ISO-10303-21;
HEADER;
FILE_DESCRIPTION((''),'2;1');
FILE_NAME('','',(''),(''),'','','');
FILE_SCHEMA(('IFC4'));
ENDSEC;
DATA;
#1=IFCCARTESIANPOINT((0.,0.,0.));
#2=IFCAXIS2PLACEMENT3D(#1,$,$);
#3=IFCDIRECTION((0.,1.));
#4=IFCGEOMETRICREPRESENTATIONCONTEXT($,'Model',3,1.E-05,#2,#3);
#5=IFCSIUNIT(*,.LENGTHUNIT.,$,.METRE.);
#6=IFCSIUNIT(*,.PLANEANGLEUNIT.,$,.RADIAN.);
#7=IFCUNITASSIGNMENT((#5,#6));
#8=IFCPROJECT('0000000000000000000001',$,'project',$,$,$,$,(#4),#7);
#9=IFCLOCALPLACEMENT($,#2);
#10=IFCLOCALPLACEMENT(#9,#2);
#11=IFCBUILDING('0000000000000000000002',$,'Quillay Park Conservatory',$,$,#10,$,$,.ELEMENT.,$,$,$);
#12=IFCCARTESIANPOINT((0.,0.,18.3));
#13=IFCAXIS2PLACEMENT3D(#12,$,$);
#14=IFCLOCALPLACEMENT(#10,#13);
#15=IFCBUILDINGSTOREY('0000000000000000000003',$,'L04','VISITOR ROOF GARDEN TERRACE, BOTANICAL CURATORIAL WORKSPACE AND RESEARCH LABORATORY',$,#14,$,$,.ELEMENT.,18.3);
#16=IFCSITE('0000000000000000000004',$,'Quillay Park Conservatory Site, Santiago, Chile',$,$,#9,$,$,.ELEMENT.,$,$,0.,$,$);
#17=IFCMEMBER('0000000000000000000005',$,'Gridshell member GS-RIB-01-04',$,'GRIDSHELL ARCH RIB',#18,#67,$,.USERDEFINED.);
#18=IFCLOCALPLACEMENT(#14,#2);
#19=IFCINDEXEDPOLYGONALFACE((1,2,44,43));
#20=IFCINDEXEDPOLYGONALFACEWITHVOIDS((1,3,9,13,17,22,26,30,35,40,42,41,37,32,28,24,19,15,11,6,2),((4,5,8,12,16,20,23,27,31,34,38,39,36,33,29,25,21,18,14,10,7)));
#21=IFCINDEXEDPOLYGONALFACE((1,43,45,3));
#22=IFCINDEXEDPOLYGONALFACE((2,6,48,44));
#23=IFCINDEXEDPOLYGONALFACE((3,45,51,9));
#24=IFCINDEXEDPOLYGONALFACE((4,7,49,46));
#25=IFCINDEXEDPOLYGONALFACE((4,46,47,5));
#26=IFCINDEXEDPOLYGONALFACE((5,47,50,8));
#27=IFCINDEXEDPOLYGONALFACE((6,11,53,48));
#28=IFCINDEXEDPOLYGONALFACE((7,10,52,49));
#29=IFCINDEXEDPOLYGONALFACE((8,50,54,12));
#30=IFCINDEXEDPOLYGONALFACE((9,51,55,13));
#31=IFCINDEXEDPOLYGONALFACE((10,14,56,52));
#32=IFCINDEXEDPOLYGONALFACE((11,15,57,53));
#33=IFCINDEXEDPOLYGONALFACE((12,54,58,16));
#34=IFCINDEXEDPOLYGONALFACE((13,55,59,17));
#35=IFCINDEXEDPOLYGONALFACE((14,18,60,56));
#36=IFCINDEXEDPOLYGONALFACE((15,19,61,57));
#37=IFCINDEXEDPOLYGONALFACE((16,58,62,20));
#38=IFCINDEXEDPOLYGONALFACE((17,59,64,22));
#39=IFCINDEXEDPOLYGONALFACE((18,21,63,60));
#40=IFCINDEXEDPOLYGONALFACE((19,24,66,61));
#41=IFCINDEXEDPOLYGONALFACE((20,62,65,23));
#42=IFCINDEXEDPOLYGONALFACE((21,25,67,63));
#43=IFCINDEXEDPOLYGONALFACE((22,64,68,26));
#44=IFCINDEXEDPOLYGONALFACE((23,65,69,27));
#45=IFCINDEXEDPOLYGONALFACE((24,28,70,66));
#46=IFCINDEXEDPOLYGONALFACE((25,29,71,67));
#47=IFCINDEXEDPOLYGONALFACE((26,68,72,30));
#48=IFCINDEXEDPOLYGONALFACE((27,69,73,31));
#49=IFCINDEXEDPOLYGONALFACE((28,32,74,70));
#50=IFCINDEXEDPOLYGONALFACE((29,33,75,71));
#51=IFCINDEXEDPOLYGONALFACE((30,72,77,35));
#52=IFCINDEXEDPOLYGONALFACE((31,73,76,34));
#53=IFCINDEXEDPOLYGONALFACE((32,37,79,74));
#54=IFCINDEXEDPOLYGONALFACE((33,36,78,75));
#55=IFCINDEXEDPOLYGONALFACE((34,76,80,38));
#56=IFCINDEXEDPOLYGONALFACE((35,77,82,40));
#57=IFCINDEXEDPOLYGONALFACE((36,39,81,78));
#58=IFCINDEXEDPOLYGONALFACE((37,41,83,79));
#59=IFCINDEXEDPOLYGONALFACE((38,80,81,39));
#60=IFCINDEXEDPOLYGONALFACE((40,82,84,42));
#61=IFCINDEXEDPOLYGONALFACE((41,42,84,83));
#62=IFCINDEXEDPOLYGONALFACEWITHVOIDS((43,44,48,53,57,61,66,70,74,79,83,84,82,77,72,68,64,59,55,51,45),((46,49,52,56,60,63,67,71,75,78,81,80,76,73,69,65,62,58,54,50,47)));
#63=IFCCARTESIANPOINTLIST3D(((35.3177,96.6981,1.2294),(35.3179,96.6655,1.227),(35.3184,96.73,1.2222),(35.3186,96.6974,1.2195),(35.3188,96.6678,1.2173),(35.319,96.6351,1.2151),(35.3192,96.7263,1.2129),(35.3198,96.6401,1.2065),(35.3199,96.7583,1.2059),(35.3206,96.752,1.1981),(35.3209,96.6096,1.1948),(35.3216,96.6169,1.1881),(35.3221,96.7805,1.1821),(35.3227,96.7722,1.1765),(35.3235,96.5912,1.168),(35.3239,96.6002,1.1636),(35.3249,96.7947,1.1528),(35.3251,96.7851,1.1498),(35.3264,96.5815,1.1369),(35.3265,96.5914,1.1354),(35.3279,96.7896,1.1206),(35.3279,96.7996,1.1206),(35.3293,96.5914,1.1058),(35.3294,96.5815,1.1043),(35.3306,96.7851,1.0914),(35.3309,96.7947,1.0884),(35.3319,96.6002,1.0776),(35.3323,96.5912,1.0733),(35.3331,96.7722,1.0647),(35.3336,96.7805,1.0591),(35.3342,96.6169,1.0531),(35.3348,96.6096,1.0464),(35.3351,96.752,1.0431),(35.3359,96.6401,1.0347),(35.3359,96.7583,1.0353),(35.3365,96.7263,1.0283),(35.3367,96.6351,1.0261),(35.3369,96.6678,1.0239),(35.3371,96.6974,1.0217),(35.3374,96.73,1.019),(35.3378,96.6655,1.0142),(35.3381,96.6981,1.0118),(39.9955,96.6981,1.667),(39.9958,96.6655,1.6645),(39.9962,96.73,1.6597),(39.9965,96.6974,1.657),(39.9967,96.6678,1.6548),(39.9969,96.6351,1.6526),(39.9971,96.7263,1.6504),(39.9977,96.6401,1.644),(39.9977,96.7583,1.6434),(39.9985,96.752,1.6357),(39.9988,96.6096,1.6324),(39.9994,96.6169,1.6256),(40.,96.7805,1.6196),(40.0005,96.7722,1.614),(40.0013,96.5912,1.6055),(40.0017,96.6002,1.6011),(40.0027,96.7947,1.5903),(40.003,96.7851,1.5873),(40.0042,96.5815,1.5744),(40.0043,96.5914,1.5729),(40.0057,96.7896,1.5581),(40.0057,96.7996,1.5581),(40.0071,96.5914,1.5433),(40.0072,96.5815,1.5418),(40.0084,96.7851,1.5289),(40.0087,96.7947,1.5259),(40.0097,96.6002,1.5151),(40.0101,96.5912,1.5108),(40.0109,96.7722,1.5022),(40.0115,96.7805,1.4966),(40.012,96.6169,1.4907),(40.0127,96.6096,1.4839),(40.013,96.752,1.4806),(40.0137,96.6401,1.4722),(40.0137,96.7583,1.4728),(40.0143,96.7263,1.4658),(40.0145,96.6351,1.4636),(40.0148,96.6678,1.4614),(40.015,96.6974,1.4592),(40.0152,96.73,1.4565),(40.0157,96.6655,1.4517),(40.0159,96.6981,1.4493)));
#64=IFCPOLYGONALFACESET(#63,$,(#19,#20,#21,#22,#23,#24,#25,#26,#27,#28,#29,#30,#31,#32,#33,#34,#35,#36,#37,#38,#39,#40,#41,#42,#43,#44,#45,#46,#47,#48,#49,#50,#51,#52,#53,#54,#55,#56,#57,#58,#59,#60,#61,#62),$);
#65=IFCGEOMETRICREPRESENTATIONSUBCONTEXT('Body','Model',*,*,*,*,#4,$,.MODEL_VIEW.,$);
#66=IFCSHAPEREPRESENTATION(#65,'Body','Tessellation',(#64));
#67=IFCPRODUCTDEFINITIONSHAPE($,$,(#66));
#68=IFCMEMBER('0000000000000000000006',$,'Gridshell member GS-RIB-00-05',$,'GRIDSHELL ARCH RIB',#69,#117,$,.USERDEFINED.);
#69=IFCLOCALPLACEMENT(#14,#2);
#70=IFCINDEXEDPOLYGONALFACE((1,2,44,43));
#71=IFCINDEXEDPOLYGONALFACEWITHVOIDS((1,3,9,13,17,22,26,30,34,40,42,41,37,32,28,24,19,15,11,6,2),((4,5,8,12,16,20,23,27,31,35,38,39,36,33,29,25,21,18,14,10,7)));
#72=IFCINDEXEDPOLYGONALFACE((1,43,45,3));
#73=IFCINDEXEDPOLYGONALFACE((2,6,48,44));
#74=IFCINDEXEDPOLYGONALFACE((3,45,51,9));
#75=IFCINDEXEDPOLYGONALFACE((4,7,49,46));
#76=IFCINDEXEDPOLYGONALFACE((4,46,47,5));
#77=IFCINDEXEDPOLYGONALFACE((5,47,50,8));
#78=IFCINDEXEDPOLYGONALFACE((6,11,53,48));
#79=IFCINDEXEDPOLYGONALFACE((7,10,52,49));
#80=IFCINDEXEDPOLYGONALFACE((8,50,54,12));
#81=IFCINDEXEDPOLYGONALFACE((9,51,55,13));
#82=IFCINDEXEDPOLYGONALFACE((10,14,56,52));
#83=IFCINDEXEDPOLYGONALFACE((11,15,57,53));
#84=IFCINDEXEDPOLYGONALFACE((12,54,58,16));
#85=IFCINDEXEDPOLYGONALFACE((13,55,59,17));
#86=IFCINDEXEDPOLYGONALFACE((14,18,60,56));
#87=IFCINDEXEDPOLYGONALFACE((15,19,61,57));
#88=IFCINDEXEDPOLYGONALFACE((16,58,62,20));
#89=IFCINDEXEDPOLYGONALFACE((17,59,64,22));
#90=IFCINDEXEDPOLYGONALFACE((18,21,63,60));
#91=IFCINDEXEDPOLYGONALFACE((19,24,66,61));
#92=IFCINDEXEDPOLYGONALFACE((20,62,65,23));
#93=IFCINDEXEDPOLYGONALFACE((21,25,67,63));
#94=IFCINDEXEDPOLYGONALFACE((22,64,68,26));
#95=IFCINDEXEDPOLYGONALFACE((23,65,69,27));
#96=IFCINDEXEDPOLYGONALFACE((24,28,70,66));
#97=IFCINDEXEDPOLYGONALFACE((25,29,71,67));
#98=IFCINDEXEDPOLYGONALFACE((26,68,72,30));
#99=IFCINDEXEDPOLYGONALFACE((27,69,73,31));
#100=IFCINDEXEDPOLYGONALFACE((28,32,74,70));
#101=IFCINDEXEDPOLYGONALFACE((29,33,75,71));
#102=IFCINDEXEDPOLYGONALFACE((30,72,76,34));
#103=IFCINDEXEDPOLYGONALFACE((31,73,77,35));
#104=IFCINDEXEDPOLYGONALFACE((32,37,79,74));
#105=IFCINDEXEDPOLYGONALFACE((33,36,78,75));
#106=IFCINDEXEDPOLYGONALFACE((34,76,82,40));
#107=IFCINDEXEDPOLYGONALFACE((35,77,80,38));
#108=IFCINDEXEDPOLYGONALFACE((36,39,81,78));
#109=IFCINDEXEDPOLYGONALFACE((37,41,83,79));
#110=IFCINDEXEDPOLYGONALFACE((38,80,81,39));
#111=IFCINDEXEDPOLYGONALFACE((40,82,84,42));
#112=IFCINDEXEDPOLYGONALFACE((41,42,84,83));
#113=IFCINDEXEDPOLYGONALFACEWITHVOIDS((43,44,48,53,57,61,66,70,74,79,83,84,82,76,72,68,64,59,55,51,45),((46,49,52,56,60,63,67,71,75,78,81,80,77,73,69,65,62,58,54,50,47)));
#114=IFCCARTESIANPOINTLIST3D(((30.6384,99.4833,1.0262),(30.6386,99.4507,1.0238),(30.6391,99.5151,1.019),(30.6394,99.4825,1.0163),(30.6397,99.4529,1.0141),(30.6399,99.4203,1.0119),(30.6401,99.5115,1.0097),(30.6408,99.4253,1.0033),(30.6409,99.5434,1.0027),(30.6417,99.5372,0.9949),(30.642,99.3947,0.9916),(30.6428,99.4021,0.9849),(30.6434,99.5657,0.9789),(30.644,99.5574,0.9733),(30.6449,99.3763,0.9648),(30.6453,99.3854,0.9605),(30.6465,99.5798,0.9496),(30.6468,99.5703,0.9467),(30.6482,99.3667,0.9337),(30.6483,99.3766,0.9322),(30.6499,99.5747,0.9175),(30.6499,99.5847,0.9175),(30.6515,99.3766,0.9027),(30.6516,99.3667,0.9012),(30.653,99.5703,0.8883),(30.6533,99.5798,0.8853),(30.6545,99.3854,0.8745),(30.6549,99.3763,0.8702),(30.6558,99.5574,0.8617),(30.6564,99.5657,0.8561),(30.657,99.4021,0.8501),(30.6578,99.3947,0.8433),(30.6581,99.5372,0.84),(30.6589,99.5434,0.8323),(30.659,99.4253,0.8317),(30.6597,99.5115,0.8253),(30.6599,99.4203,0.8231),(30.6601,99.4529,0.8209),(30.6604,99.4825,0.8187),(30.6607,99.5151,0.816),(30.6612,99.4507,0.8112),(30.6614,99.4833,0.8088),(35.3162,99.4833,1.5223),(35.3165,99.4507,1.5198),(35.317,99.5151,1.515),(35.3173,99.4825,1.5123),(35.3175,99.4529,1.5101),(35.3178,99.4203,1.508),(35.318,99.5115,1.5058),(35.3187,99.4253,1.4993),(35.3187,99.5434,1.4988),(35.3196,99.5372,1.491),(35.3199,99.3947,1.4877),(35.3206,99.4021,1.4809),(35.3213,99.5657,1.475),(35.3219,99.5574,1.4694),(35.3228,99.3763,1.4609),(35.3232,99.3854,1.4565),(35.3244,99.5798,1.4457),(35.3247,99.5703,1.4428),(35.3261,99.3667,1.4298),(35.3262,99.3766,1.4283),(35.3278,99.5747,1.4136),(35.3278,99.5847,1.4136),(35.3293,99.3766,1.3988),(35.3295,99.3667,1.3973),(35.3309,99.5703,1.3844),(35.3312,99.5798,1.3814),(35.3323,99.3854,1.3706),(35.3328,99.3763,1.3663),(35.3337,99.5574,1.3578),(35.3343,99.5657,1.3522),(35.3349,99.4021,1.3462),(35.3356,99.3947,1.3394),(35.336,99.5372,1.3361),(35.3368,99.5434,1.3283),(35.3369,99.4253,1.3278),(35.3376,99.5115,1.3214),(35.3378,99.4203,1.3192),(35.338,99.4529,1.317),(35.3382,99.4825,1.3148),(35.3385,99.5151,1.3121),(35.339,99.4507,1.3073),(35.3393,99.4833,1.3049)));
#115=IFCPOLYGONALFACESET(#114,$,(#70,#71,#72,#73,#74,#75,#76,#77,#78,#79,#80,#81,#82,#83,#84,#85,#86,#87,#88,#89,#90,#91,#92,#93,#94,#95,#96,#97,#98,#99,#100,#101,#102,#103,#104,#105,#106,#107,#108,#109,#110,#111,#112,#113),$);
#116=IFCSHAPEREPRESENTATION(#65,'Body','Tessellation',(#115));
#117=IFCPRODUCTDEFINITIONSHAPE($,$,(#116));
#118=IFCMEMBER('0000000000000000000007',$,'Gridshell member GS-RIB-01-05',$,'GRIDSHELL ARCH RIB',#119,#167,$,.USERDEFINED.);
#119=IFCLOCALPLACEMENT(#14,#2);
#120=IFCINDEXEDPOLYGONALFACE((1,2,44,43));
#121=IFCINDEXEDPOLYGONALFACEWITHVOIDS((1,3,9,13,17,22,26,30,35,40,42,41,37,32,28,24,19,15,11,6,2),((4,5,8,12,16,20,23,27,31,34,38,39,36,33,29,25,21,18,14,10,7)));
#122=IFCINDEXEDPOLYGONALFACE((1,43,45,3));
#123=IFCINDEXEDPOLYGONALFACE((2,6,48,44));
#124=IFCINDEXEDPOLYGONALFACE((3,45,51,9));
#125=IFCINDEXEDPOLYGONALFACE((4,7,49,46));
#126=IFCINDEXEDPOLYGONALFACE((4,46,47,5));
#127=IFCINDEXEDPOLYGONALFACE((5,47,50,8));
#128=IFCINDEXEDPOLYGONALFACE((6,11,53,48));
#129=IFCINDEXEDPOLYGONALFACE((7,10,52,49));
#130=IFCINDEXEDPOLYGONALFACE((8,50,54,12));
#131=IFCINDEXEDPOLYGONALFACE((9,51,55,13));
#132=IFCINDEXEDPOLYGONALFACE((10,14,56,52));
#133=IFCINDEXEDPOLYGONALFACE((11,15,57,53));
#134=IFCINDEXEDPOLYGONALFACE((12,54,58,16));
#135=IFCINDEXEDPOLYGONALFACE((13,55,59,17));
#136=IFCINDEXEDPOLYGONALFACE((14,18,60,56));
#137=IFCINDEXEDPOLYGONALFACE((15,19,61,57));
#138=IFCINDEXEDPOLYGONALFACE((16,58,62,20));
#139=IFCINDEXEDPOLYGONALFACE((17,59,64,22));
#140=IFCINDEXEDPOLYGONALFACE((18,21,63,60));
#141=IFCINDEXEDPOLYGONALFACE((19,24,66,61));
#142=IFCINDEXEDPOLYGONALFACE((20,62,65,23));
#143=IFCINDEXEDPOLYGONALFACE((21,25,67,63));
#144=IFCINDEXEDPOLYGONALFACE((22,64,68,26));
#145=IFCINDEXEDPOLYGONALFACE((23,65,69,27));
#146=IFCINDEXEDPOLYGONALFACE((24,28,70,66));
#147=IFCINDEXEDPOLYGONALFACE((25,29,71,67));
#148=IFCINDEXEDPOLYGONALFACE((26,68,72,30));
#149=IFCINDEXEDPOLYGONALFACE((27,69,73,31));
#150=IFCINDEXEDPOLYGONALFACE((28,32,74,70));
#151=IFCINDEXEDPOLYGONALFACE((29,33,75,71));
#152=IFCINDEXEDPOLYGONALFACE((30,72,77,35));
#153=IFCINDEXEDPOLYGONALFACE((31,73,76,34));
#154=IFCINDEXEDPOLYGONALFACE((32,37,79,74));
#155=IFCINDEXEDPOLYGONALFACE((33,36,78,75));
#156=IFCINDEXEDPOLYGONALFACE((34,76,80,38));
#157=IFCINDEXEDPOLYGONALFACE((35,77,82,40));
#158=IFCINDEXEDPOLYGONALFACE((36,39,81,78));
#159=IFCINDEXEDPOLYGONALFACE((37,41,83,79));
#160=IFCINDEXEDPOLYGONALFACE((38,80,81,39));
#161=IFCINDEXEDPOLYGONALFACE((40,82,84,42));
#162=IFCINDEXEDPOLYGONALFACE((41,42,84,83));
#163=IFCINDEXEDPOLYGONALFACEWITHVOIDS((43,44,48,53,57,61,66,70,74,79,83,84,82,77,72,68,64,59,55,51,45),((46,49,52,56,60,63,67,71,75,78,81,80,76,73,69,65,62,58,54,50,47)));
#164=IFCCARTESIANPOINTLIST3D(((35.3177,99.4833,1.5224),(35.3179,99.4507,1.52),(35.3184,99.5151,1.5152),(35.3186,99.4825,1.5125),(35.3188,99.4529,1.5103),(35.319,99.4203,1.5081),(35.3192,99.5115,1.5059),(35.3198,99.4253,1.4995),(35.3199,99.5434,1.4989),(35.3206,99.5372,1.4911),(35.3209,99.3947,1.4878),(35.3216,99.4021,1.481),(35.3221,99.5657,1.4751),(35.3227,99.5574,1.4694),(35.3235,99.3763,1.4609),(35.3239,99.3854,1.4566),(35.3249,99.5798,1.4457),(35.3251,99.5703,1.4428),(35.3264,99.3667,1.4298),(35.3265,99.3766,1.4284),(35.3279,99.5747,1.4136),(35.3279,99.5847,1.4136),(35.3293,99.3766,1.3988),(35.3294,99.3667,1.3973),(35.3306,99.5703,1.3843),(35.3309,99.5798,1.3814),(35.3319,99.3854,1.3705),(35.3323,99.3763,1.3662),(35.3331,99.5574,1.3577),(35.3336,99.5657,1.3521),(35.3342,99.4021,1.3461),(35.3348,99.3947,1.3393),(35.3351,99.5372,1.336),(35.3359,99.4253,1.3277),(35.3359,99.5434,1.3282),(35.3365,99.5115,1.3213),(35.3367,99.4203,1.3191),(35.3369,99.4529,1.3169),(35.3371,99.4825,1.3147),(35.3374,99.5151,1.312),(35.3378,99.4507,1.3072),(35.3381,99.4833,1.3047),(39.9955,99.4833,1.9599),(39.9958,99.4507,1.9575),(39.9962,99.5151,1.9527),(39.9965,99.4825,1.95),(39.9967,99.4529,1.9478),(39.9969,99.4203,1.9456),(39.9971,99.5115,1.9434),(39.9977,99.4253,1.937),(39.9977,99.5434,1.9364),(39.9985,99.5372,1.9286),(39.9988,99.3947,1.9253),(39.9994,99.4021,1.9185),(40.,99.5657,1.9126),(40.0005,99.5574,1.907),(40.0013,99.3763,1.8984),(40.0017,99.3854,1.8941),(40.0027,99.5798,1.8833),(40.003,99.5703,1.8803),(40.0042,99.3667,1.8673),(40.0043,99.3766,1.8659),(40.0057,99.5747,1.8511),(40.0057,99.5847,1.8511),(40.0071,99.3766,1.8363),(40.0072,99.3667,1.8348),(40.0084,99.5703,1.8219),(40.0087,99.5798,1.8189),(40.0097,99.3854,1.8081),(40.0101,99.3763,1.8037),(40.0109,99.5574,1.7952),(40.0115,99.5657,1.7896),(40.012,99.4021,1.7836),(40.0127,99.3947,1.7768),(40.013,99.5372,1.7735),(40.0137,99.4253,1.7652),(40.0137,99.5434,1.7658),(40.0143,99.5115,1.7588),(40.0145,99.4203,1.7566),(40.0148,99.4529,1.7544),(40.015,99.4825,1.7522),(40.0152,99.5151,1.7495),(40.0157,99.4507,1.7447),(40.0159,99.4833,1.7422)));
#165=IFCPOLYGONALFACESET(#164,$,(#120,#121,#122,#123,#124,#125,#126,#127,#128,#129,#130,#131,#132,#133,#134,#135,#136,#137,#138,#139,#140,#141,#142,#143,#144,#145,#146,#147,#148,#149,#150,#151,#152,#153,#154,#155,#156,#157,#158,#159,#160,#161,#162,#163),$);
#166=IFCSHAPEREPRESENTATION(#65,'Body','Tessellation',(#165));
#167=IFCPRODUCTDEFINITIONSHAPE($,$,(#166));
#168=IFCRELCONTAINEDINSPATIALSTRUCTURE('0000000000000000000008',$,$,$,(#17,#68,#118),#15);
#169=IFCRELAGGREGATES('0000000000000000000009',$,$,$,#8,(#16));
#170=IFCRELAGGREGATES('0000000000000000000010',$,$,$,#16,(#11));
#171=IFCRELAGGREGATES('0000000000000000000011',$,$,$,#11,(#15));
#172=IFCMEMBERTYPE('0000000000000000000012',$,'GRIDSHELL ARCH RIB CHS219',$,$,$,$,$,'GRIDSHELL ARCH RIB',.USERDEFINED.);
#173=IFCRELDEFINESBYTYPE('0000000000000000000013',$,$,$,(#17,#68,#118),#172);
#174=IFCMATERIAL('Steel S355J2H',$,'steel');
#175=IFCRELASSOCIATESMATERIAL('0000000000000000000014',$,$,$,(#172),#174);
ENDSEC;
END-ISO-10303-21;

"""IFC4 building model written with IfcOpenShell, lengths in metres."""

from ifc_helpers import new_model, si_unit, direction, frame, origin, origin_2d, place, context, subcontext, project, spatial, hollow_circle, extrude, material, material_profile, profile_set, type_object, element, save


model = new_model("IFC4")

# Units and contexts
model_context = context("Model", 3, precision=1e-05, world=origin(), true_north=direction((0.0, 1.0)))
body_context = subcontext(model_context, "Body", "Model", "MODEL_VIEW")
ifc_project = project(units=[si_unit("LENGTHUNIT", "METRE"), si_unit("PLANEANGLEUNIT", "RADIAN")], contexts=[model_context])

# Site, building, storey
site_placement = place(None, origin())
site = spatial("IfcSite", under=ifc_project, at=site_placement, Name="Quillay Park Conservatory Site, Santiago, Chile", CompositionType="ELEMENT", RefElevation=0.0)
building_placement = place(site_placement, origin())
building = spatial("IfcBuilding", under=site, at=building_placement, Name="Quillay Park Conservatory", CompositionType="ELEMENT")
storey_placement = place(building_placement, frame((0.0, 0.0, 18.3)))
storey = spatial("IfcBuildingStorey", under=building, at=storey_placement, Name="L04", Description="VISITOR ROOF GARDEN TERRACE, BOTANICAL CURATORIAL WORKSPACE AND RESEARCH LABORATORY", CompositionType="ELEMENT", Elevation=18.3)

# Members
ifc_material_1 = material(Name="Steel S355J2H", Category="steel")
ifc_material_profile_1 = material_profile(ifc_material_1, hollow_circle(Radius=0.1096, WallThickness=0.01, at=origin_2d()), Name="CHS219.1x10")
ifc_profile_set_1 = profile_set([ifc_material_profile_1], Name="Steel S355J2H")
member_type_1 = type_object("IfcMemberType", Name="GRIDSHELL ARCH RIB CHS219", ElementType="GRIDSHELL ARCH RIB", PredefinedType="USERDEFINED", material=ifc_profile_set_1)
member_1_placement = place(storey_placement, frame((35.3279, 96.6899, 1.1206), z_axis=(0.995655, 0.0, 0.093122), x_axis=(0.0, 1.0, 0.0)))
element("IfcMember", 1, at=member_1_placement, inside=storey, type_object=member_type_1, Name="Gridshell member GS-RIB-01-04", ObjectType="GRIDSHELL ARCH RIB", PredefinedType="USERDEFINED", context=body_context, shape_type="SweptSolid", body=[
    extrude(hollow_circle(Radius=0.1096, WallThickness=0.01, at=origin_2d()), origin(), (0.0, 0.0, 1.0), 4.6982),
])
member_2_placement = place(storey_placement, frame((30.6499, 99.4751, 0.9175), z_axis=(0.994424, 0.0, 0.105457), x_axis=(0.0, 1.0, 0.0)))
element("IfcMember", 2, at=member_2_placement, inside=storey, type_object=member_type_1, Name="Gridshell member GS-RIB-00-05", ObjectType="GRIDSHELL ARCH RIB", PredefinedType="USERDEFINED", context=body_context, shape_type="SweptSolid", body=[
    extrude(hollow_circle(Radius=0.1096, WallThickness=0.01, at=origin_2d()), origin(), (0.0, 0.0, 1.0), 4.7041),
])
member_3_placement = place(storey_placement, frame((35.3279, 99.4751, 1.4136), z_axis=(0.995655, 0.0, 0.093122), x_axis=(0.0, 1.0, 0.0)))
element("IfcMember", 3, at=member_3_placement, inside=storey, type_object=member_type_1, Name="Gridshell member GS-RIB-01-05", ObjectType="GRIDSHELL ARCH RIB", PredefinedType="USERDEFINED", context=body_context, shape_type="SweptSolid", body=[
    extrude(hollow_circle(Radius=0.1096, WallThickness=0.01, at=origin_2d()), origin(), (0.0, 0.0, 1.0), 4.6982),
])

save(model, "model.ifc")
